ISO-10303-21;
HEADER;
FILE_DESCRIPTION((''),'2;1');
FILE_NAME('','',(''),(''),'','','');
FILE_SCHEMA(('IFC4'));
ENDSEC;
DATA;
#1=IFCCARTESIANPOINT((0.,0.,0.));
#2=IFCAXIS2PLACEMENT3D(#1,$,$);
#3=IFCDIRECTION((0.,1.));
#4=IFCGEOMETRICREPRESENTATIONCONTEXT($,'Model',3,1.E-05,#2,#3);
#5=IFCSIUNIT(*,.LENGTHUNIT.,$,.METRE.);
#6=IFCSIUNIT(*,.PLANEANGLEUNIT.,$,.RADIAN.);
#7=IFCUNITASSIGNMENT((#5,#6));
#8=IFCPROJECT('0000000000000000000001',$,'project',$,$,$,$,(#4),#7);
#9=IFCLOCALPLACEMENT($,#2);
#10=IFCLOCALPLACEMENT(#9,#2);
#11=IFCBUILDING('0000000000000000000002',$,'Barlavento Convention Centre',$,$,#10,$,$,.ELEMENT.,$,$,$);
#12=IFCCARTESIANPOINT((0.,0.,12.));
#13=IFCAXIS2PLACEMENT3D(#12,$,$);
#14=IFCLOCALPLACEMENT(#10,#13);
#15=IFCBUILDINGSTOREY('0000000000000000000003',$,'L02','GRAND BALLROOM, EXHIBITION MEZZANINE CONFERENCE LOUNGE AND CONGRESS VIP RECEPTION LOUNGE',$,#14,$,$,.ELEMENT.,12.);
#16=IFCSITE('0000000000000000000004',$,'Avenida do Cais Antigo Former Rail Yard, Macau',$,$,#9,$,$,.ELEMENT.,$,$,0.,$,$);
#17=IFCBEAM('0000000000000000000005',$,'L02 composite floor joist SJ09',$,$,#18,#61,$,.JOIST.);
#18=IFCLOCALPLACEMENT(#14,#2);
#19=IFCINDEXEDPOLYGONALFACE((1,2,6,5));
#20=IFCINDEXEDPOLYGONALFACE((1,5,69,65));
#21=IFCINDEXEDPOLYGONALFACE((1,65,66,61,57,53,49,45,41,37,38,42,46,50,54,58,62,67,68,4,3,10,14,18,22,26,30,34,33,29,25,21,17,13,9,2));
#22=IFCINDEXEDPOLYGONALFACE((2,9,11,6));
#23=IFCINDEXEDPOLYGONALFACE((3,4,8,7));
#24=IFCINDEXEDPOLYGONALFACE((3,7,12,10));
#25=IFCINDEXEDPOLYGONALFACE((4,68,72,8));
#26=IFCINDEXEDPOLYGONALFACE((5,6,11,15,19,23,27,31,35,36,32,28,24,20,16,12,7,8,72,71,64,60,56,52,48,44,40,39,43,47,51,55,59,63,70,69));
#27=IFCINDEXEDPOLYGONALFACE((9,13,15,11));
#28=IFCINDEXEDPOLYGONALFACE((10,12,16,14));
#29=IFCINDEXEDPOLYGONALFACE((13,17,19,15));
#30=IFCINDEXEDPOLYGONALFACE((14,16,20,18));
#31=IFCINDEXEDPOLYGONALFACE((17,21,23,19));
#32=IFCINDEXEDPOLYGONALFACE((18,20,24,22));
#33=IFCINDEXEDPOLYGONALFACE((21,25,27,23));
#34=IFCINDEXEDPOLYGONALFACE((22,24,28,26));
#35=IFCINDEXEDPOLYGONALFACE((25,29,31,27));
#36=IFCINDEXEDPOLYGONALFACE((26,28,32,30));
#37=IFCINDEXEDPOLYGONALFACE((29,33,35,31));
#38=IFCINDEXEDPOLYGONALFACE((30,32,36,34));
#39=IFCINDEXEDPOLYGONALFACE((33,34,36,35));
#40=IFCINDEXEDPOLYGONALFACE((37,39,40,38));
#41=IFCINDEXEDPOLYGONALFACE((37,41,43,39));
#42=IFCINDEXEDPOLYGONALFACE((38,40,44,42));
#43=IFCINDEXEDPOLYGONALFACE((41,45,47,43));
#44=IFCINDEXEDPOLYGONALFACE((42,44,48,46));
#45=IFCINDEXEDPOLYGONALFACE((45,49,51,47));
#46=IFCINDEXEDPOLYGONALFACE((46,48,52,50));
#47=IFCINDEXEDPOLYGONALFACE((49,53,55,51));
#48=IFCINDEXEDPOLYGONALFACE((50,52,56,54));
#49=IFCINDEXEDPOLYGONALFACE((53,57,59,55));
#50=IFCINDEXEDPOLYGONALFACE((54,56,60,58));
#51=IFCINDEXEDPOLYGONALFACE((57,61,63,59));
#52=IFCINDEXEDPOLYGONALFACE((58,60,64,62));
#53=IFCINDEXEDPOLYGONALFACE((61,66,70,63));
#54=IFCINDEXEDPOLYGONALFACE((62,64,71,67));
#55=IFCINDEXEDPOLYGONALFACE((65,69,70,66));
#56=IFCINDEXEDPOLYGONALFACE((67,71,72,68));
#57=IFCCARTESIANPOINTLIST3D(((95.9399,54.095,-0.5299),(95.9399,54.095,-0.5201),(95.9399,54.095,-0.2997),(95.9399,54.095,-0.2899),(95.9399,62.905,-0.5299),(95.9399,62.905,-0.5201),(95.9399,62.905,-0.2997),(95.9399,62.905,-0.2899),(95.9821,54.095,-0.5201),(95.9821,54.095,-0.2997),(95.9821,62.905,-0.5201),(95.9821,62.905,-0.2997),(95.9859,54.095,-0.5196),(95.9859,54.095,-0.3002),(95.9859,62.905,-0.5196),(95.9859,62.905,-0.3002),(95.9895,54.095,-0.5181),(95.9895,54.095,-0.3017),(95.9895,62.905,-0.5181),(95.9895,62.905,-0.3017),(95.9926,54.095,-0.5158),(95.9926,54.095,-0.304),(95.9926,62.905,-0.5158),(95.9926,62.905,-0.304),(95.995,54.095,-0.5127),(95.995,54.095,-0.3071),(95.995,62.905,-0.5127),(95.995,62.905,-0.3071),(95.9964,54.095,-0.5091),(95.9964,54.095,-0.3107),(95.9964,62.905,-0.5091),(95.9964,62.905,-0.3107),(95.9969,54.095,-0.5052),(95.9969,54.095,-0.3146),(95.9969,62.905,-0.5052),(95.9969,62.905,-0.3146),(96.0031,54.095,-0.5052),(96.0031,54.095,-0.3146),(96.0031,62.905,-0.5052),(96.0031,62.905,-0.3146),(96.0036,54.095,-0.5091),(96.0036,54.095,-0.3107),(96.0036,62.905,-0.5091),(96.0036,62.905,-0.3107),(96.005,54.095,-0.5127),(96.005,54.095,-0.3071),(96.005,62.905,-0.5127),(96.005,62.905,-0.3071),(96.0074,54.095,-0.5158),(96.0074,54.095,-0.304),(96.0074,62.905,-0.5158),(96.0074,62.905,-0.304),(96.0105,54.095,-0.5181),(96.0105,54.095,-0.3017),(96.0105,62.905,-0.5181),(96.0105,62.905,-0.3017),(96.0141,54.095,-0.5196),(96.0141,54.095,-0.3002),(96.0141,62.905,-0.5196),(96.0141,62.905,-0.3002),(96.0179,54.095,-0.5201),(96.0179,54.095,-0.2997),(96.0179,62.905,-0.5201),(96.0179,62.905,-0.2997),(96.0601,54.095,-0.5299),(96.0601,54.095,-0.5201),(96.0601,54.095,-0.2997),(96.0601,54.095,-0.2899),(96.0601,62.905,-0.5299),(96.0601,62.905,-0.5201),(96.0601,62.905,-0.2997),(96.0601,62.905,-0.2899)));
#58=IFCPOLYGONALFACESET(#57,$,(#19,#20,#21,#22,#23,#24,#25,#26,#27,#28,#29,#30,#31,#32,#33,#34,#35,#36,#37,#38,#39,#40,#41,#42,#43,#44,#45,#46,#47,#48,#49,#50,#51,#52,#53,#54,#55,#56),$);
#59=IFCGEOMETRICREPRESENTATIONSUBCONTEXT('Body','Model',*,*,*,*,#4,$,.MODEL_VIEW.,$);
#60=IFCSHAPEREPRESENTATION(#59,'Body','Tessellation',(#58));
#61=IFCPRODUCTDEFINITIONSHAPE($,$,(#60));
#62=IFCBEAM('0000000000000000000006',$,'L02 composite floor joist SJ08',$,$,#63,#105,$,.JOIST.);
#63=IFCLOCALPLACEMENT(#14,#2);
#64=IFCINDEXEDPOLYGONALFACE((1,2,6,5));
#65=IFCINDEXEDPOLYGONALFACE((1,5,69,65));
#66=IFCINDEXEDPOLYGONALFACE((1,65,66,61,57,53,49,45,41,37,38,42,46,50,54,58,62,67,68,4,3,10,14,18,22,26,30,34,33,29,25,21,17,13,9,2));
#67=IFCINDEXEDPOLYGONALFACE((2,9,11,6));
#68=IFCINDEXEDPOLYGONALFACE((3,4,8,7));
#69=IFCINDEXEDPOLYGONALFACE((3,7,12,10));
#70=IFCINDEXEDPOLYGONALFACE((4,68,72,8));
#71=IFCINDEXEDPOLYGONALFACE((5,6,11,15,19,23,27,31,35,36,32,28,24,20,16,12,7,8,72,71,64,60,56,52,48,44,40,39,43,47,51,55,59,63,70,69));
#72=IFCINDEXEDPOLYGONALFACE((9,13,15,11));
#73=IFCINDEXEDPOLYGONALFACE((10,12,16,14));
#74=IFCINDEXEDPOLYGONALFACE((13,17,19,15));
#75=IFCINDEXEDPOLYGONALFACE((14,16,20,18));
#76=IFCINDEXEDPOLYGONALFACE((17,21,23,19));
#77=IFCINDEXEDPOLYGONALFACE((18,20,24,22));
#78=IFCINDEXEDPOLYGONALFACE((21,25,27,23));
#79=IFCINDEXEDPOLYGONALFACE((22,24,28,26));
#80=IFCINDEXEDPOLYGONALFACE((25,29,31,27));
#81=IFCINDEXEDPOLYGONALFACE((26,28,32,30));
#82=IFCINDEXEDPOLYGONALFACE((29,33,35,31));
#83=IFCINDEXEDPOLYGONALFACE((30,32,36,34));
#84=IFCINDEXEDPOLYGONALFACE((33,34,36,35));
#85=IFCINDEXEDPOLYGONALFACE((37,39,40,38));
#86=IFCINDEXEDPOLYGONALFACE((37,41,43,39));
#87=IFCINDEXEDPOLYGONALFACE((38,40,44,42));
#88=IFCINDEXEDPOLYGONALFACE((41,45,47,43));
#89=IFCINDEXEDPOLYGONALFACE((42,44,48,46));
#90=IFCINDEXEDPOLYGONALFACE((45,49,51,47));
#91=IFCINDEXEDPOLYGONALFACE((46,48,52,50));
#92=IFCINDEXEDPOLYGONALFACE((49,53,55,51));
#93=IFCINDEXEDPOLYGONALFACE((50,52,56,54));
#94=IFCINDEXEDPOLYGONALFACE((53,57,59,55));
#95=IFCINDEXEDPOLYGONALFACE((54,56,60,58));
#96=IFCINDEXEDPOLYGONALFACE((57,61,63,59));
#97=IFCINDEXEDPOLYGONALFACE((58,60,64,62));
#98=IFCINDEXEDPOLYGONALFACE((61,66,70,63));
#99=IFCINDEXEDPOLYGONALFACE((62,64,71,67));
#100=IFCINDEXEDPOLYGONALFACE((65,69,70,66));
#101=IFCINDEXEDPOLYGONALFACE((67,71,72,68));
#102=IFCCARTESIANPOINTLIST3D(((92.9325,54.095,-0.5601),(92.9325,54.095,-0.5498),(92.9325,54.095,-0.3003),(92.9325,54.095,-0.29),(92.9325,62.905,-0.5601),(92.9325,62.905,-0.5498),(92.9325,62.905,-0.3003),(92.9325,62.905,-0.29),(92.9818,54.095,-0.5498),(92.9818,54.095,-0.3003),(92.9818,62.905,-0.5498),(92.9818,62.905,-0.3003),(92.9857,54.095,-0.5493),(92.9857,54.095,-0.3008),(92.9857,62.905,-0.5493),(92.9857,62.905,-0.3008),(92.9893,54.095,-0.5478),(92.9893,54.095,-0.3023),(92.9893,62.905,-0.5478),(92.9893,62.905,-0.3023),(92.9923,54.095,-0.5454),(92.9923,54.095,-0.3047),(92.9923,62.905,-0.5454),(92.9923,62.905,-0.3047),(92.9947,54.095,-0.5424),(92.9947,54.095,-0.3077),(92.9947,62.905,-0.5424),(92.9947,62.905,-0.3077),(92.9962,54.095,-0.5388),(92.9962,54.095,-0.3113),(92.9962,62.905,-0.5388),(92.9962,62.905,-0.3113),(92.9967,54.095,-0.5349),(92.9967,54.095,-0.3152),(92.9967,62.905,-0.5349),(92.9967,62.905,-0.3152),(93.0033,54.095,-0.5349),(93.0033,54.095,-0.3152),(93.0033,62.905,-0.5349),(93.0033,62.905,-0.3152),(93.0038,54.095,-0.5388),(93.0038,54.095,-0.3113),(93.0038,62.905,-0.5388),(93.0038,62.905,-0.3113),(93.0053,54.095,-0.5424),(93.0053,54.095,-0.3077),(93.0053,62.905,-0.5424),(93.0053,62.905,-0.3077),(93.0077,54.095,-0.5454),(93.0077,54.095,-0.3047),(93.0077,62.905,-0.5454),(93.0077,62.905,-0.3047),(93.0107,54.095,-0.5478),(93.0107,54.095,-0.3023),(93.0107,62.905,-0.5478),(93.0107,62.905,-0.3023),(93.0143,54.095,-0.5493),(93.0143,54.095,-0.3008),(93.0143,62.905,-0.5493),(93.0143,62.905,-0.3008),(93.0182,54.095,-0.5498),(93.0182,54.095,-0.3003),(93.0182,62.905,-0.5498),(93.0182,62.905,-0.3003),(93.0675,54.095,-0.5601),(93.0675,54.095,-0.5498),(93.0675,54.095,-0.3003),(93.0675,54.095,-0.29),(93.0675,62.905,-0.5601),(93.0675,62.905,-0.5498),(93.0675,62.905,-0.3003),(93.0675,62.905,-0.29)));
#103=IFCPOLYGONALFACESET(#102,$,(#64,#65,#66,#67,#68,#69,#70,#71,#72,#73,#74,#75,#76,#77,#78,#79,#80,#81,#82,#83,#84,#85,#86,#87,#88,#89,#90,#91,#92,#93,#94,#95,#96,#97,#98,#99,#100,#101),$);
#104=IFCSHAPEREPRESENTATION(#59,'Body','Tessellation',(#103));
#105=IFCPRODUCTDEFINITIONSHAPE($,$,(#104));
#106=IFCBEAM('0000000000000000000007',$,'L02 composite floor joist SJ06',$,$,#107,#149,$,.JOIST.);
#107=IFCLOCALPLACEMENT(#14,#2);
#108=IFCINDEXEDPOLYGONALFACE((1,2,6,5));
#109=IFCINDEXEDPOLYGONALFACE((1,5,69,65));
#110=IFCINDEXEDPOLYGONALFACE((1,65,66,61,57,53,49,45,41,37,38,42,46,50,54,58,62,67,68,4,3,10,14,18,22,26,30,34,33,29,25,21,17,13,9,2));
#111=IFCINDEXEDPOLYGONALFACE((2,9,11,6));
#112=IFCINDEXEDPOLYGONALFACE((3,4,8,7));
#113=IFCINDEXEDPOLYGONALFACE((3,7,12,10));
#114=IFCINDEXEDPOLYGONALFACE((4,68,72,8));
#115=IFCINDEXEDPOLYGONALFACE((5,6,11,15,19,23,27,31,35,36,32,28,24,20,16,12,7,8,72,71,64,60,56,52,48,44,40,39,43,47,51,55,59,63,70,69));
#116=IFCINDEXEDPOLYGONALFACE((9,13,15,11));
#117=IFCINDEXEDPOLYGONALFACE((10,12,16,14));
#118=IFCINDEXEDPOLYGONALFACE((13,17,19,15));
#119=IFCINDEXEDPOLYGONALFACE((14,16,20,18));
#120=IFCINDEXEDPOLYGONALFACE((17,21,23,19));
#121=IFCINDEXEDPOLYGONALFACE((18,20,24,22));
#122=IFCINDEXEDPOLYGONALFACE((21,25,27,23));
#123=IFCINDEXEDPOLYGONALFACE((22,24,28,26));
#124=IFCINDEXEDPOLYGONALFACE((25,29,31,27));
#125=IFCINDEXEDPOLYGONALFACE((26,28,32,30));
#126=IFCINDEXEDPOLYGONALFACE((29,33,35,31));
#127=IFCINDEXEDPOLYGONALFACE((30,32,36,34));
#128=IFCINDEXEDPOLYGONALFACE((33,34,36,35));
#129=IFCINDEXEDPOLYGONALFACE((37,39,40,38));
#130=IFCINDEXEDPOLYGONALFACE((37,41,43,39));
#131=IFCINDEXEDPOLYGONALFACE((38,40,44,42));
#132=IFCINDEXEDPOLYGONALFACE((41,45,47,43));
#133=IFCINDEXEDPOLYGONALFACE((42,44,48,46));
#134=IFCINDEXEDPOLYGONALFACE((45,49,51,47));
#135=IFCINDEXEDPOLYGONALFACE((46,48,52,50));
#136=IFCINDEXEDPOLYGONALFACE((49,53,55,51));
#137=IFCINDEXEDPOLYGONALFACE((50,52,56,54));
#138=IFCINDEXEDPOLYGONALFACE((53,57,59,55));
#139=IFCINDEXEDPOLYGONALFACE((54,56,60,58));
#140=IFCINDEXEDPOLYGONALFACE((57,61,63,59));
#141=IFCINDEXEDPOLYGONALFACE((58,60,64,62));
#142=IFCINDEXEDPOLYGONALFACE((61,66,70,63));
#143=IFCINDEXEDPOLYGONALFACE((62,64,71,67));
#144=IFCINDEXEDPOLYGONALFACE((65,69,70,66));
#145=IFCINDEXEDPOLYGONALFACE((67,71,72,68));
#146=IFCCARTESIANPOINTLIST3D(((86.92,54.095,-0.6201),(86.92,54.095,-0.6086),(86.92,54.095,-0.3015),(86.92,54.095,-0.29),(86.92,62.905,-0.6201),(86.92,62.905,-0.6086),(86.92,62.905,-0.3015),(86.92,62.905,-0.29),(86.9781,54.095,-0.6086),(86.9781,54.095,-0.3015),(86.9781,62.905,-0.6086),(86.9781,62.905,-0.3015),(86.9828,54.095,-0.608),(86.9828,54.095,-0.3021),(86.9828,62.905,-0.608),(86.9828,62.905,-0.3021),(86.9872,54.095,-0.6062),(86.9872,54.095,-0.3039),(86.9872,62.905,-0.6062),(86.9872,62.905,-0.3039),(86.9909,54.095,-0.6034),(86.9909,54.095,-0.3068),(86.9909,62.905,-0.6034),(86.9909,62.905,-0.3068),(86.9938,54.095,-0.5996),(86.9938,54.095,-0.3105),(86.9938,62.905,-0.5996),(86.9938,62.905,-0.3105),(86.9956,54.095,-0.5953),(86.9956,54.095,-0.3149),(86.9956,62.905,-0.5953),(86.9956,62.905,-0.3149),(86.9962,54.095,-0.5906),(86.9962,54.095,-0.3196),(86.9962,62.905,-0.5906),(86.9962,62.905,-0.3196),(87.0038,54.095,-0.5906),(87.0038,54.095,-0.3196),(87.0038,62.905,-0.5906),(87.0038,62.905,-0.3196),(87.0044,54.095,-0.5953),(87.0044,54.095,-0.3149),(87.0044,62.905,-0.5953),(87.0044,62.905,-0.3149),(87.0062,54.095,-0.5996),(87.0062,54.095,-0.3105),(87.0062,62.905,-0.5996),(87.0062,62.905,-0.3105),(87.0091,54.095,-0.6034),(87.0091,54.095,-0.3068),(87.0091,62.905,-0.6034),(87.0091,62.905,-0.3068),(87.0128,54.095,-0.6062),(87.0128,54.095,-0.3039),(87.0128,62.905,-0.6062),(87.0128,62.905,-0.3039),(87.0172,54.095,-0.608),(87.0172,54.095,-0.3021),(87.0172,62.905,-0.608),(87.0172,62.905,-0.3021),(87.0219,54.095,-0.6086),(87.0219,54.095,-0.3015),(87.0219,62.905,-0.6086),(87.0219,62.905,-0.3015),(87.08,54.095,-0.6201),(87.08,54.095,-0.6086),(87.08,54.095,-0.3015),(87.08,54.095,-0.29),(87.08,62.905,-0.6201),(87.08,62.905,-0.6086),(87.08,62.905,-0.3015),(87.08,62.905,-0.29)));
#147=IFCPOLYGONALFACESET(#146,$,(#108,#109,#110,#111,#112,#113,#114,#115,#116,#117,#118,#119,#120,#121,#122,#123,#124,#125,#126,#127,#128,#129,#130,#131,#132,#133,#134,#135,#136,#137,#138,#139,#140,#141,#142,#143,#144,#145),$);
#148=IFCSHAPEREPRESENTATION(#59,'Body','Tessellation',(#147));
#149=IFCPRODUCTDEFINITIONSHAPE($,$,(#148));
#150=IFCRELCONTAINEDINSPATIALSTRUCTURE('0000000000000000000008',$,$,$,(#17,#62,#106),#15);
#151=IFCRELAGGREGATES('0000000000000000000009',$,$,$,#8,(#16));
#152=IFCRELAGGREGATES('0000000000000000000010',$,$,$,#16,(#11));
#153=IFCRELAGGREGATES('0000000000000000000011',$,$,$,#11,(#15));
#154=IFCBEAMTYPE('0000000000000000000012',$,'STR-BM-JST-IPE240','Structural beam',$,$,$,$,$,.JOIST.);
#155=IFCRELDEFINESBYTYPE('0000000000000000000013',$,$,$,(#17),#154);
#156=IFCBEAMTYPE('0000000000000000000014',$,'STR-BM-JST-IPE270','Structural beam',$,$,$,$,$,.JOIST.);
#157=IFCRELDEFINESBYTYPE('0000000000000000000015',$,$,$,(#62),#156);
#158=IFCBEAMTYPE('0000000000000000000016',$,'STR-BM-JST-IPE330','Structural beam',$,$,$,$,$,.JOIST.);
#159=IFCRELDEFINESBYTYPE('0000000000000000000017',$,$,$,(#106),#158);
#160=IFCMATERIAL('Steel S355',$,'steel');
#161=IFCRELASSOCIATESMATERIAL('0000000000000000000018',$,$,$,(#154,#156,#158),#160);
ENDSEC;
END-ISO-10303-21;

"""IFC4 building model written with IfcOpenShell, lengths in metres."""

from ifc_helpers import new_model, si_unit, direction, frame, origin, origin_2d, place, context, subcontext, project, spatial, i_section, extrude, material, material_profile, profile_set, type_object, element, save


model = new_model("IFC4")

# Units and contexts
model_context = context("Model", 3, precision=1e-05, world=origin(), true_north=direction((0.0, 1.0)))
body_context = subcontext(model_context, "Body", "Model", "MODEL_VIEW")
ifc_project = project(units=[si_unit("LENGTHUNIT", "METRE"), si_unit("PLANEANGLEUNIT", "RADIAN")], contexts=[model_context])

# Site, building, storey
site_placement = place(None, origin())
site = spatial("IfcSite", under=ifc_project, at=site_placement, Name="Avenida do Cais Antigo Former Rail Yard, Macau", CompositionType="ELEMENT", RefElevation=0.0)
building_placement = place(site_placement, origin())
building = spatial("IfcBuilding", under=site, at=building_placement, Name="Barlavento Convention Centre", CompositionType="ELEMENT")
storey_placement = place(building_placement, frame((0.0, 0.0, 12.0)))
storey = spatial("IfcBuildingStorey", under=building, at=storey_placement, Name="L02", Description="GRAND BALLROOM, EXHIBITION MEZZANINE CONFERENCE LOUNGE AND CONGRESS VIP RECEPTION LOUNGE", CompositionType="ELEMENT", Elevation=12.0)

# Shared definitions
ifc_material_1 = material(Name="Steel S355", Category="steel")

# Beams
ifc_material_profile_1 = material_profile(ifc_material_1, i_section(OverallWidth=0.1201, OverallDepth=0.24, WebThickness=0.0061, FlangeThickness=0.0098, FilletRadius=0.0149, at=origin_2d()), Name="IPE 240")
ifc_profile_set_1 = profile_set([ifc_material_profile_1], Name="Steel S355")
beam_type_1 = type_object("IfcBeamType", Name="STR-BM-JST-IPE240", Description="Structural beam", PredefinedType="JOIST", material=ifc_profile_set_1)
beam_1_placement = place(storey_placement, frame((96.0, 54.095, -0.4099), z_axis=(0.0, 1.0, 0.0), x_axis=(-1.0, 0.0, 0.0)))
element("IfcBeam", 1, at=beam_1_placement, inside=storey, type_object=beam_type_1, Name="L02 composite floor joist SJ09", PredefinedType="JOIST", context=body_context, shape_type="SweptSolid", body=[
    extrude(i_section(OverallWidth=0.1201, OverallDepth=0.24, WebThickness=0.0061, FlangeThickness=0.0098, FilletRadius=0.0149, at=origin_2d()), origin(), (0.0, 0.0, 1.0), 8.8101),
])
ifc_material_profile_2 = material_profile(ifc_material_1, i_section(OverallWidth=0.135, OverallDepth=0.27, WebThickness=0.0066, FlangeThickness=0.0103, FilletRadius=0.0149, at=origin_2d()), Name="IPE 270")
ifc_profile_set_2 = profile_set([ifc_material_profile_2], Name="Steel S355")
beam_type_2 = type_object("IfcBeamType", Name="STR-BM-JST-IPE270", Description="Structural beam", PredefinedType="JOIST", material=ifc_profile_set_2)
beam_2_placement = place(storey_placement, frame((93.0, 54.095, -0.425), z_axis=(0.0, 1.0, 0.0), x_axis=(-1.0, 0.0, 0.0)))
element("IfcBeam", 2, at=beam_2_placement, inside=storey, type_object=beam_type_2, Name="L02 composite floor joist SJ08", PredefinedType="JOIST", context=body_context, shape_type="SweptSolid", body=[
    extrude(i_section(OverallWidth=0.135, OverallDepth=0.27, WebThickness=0.0066, FlangeThickness=0.0103, FilletRadius=0.0149, at=origin_2d()), origin(), (0.0, 0.0, 1.0), 8.8101),
])
ifc_material_profile_3 = material_profile(ifc_material_1, i_section(OverallWidth=0.1599, OverallDepth=0.3301, WebThickness=0.0076, FlangeThickness=0.0115, FilletRadius=0.0181, at=origin_2d()), Name="IPE 330")
ifc_profile_set_3 = profile_set([ifc_material_profile_3], Name="Steel S355")
beam_type_3 = type_object("IfcBeamType", Name="STR-BM-JST-IPE330", Description="Structural beam", PredefinedType="JOIST", material=ifc_profile_set_3)
beam_3_placement = place(storey_placement, frame((87.0, 54.095, -0.4551), z_axis=(0.0, 1.0, 0.0), x_axis=(-1.0, 0.0, 0.0)))
element("IfcBeam", 3, at=beam_3_placement, inside=storey, type_object=beam_type_3, Name="L02 composite floor joist SJ06", PredefinedType="JOIST", context=body_context, shape_type="SweptSolid", body=[
    extrude(i_section(OverallWidth=0.1599, OverallDepth=0.3301, WebThickness=0.0076, FlangeThickness=0.0115, FilletRadius=0.0181, at=origin_2d()), origin(), (0.0, 0.0, 1.0), 8.8101),
])

save(model, "model.ifc")
